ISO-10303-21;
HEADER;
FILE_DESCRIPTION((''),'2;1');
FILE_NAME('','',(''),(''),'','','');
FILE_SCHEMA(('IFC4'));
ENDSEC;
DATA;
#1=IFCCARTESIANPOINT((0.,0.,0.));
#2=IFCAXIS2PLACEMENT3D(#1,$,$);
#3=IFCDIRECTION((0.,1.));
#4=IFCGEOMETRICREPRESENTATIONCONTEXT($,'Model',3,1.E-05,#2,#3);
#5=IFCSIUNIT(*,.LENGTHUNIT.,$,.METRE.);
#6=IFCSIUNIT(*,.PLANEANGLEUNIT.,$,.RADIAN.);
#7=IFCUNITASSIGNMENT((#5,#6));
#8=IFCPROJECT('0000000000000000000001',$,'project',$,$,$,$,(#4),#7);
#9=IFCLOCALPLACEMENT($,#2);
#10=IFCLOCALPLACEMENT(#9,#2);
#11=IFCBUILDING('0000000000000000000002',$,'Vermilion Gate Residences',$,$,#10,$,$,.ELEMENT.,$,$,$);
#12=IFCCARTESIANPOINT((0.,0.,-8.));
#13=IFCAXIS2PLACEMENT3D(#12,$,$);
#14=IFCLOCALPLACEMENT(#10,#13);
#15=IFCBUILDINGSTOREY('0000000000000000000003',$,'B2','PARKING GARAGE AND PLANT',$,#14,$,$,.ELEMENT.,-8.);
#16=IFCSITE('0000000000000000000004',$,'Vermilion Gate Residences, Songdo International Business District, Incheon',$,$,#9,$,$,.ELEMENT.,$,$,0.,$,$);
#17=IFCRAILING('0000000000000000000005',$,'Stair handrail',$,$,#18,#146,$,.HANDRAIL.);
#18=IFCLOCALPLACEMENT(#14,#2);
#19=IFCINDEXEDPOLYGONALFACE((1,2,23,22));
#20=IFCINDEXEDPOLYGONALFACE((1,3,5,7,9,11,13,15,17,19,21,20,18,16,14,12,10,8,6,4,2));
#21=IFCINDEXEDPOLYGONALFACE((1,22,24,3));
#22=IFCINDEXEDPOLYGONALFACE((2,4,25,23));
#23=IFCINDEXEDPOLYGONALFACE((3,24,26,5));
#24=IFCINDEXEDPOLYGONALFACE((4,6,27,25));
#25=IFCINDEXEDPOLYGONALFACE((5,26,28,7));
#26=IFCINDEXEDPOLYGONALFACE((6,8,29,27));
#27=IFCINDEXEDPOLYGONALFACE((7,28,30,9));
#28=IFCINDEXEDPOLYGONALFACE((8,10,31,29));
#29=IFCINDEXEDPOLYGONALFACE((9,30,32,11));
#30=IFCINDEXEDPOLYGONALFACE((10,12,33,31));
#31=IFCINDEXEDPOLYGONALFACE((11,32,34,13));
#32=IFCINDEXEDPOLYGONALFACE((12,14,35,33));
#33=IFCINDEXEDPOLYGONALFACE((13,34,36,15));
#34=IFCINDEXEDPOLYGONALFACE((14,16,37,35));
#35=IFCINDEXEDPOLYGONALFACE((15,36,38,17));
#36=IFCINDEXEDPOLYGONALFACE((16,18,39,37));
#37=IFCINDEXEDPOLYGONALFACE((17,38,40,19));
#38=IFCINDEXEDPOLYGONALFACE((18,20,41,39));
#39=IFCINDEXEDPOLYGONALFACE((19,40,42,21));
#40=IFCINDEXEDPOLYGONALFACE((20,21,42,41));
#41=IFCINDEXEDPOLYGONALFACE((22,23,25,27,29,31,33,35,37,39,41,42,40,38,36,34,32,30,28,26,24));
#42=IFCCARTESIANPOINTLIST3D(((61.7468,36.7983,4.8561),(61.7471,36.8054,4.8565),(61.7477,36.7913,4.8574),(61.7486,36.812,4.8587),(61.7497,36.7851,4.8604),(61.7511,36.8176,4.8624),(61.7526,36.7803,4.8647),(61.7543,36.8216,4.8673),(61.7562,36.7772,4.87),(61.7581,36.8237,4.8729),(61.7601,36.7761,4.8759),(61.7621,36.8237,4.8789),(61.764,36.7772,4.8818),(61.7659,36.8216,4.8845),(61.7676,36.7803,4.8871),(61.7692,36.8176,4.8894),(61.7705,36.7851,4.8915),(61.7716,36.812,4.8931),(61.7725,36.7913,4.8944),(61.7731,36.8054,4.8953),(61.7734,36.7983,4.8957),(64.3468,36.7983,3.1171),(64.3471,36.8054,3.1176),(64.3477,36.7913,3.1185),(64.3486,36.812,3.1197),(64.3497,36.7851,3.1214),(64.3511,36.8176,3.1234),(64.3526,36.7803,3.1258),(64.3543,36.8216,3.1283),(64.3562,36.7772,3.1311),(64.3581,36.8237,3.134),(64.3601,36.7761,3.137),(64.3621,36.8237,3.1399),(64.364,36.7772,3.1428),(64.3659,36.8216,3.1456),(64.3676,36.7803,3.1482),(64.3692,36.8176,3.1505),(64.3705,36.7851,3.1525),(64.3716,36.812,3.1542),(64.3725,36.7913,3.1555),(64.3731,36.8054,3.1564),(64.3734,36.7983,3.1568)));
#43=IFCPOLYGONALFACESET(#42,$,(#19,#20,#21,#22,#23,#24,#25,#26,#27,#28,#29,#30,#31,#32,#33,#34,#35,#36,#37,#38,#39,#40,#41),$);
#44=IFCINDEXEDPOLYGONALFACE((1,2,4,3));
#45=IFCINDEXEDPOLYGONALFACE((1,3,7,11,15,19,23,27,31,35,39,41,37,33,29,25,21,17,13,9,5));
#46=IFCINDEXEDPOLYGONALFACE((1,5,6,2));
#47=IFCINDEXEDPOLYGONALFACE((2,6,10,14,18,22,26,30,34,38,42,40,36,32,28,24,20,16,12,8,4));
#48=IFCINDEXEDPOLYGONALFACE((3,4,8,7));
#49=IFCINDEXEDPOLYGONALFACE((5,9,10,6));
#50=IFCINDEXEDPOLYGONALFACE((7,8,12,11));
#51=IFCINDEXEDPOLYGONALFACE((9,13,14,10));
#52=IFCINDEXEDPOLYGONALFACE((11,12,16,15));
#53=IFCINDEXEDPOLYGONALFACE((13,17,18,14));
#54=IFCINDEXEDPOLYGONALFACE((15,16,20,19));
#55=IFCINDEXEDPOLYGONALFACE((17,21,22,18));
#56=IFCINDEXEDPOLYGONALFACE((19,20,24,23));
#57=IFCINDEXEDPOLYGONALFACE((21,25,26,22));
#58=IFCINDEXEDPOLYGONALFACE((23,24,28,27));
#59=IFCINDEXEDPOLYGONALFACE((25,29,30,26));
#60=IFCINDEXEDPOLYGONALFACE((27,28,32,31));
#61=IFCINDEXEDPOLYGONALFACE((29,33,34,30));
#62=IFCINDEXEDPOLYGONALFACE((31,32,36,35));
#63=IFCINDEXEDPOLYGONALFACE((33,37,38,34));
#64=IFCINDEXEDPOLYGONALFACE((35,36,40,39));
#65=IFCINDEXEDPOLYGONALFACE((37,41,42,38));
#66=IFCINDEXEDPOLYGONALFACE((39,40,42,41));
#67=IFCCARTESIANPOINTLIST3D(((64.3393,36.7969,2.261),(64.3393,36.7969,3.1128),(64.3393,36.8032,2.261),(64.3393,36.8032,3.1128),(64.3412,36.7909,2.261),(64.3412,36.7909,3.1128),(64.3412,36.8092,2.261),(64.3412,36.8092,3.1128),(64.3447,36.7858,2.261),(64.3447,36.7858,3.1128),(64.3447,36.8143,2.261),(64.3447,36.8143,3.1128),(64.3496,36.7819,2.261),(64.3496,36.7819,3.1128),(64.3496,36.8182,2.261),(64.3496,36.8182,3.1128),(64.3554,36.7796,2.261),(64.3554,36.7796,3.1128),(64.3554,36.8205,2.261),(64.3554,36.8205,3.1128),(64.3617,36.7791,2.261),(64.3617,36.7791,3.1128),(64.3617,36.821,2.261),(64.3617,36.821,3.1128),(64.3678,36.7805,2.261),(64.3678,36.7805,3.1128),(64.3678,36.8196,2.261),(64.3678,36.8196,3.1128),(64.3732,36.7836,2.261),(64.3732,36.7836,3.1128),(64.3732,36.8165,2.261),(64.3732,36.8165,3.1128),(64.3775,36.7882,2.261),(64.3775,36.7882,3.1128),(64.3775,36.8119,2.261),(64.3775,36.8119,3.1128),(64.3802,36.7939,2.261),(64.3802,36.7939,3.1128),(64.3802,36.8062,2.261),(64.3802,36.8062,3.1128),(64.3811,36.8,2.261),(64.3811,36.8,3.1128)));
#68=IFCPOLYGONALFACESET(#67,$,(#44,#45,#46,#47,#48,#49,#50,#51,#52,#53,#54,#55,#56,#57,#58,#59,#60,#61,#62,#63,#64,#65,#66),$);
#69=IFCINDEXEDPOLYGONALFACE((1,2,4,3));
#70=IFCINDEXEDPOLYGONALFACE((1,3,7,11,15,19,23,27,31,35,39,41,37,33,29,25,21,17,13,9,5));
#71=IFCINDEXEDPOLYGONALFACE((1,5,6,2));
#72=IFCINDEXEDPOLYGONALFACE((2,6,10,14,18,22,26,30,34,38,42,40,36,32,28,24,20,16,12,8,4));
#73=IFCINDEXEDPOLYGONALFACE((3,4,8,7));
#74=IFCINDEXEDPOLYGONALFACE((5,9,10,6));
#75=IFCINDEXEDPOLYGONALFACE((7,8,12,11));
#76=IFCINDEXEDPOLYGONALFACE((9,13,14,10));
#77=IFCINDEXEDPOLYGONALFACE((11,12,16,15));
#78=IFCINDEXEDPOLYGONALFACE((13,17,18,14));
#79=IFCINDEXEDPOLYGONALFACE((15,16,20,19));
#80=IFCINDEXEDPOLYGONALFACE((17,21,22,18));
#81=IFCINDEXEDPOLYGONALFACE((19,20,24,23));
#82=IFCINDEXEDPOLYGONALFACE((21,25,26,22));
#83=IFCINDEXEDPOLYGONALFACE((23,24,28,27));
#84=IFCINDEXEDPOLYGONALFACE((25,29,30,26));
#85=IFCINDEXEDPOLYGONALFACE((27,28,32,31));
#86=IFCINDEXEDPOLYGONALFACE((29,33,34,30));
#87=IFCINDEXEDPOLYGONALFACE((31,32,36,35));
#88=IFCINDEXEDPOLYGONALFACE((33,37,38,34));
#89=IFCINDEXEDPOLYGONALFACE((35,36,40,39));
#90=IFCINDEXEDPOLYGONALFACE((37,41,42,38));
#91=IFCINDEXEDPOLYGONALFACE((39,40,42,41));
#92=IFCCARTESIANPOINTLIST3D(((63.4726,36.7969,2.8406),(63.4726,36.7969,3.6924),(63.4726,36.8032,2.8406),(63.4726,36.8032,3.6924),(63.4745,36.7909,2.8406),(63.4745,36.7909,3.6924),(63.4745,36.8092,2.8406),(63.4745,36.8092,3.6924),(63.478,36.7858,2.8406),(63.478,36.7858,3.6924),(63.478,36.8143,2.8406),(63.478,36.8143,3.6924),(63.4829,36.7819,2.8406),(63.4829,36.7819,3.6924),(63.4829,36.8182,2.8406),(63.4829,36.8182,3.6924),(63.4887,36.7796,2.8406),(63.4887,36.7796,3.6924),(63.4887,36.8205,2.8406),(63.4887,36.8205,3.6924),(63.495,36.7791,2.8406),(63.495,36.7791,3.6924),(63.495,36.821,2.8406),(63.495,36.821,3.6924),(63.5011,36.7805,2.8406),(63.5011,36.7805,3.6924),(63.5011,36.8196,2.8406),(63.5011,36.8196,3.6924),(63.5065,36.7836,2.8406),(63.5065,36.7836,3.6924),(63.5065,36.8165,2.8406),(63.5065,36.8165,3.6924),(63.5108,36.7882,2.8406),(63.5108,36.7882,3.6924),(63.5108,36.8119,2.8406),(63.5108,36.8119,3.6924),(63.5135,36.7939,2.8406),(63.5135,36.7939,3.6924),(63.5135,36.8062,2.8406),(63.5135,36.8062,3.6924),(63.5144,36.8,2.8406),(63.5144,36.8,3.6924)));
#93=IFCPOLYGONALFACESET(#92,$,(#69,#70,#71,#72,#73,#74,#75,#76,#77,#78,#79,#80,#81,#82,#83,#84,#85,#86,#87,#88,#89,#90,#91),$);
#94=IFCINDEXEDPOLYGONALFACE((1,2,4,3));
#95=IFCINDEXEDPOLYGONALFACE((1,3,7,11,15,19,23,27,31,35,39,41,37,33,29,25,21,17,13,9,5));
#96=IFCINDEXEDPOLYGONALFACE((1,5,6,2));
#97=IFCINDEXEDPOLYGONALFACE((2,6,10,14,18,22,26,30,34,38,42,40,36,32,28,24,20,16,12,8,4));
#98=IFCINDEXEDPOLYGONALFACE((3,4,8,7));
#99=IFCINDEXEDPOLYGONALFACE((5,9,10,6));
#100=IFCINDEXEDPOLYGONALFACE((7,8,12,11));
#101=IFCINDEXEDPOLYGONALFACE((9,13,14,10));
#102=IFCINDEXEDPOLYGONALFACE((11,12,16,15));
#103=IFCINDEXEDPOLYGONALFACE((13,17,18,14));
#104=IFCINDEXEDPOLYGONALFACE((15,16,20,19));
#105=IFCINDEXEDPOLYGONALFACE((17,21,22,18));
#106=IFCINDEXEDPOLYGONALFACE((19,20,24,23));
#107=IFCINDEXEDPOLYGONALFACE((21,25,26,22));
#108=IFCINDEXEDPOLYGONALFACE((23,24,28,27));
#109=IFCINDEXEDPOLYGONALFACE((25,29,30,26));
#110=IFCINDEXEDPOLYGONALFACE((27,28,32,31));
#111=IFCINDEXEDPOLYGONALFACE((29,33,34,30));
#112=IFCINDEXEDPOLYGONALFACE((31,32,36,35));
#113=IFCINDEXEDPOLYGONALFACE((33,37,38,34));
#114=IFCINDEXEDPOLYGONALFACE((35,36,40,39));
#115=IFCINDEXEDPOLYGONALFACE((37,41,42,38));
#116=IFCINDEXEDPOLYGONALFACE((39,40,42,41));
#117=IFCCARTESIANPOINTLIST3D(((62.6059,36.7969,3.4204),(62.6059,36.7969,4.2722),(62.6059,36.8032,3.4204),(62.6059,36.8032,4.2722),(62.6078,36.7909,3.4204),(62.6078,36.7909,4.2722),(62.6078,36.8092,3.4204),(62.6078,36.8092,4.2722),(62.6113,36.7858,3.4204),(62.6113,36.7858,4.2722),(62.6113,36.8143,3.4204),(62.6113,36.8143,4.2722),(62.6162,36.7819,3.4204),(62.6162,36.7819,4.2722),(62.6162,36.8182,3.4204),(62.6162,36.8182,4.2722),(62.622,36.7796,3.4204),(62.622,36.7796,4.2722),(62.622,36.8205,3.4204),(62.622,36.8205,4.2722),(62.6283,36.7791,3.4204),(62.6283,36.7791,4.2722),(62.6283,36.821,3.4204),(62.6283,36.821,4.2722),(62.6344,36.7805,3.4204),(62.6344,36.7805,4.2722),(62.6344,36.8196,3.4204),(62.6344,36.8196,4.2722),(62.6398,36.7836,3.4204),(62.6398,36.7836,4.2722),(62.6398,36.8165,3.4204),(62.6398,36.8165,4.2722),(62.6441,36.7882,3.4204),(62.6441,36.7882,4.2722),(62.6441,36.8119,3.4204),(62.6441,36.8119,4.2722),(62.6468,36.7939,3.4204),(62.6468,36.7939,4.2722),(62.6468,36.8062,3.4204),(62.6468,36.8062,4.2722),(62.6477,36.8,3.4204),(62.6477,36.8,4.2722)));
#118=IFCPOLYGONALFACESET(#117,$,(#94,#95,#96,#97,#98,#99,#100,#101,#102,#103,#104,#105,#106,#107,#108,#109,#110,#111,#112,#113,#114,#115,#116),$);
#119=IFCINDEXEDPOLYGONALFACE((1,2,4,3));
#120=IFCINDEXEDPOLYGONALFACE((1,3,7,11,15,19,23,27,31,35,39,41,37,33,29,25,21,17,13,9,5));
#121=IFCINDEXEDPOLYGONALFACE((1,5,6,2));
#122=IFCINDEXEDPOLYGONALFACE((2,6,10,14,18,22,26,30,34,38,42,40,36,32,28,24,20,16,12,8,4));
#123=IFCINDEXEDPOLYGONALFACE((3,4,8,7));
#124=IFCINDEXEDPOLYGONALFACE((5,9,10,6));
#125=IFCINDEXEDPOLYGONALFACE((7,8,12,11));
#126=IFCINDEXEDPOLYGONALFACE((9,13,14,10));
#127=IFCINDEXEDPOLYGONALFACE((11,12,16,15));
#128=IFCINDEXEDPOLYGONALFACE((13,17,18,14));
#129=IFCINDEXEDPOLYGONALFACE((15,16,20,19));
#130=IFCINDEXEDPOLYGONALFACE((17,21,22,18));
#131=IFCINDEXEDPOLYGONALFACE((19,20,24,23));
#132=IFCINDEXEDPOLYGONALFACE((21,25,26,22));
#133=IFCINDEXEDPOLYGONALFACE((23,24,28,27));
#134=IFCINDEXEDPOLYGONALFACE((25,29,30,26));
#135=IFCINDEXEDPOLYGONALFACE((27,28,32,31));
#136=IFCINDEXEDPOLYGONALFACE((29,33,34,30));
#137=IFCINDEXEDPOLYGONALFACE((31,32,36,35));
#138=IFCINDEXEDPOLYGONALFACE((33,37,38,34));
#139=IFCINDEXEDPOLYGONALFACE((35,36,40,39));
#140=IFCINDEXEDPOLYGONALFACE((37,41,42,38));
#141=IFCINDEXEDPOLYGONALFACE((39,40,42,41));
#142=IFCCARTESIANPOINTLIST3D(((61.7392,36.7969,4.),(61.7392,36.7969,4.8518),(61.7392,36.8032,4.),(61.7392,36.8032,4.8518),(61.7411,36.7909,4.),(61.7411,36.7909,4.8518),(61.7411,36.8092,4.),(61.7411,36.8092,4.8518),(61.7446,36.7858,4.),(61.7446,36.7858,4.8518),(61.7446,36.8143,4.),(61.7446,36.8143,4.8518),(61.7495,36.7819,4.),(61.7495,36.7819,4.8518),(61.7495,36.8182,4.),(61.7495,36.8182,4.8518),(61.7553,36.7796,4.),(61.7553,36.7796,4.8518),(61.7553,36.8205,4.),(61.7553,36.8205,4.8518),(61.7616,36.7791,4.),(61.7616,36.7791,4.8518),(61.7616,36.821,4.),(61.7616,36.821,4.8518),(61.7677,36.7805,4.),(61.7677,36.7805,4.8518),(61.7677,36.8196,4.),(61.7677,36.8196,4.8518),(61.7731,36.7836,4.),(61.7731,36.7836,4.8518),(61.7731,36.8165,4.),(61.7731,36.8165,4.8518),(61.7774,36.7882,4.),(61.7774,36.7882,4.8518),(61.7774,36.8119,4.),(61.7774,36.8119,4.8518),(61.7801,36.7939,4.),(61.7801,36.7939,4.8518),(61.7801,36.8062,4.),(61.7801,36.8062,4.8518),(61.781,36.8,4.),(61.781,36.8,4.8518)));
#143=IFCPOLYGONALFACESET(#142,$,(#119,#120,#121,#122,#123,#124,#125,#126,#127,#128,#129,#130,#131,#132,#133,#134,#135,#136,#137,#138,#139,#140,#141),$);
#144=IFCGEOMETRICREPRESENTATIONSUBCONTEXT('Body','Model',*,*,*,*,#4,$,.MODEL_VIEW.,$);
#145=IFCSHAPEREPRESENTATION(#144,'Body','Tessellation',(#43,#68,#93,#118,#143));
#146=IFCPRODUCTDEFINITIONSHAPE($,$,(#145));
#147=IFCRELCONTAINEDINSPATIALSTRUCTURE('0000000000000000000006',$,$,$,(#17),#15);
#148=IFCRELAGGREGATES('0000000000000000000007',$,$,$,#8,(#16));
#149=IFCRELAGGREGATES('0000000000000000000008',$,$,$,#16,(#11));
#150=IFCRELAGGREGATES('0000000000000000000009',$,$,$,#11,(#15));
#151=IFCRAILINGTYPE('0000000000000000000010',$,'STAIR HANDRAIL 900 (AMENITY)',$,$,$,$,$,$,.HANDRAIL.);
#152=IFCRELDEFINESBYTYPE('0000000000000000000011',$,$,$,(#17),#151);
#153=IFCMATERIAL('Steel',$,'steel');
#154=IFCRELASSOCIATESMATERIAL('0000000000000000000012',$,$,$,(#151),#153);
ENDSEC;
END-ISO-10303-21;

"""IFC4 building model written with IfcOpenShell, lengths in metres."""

from ifc_helpers import new_model, si_unit, direction, frame, origin, origin_2d, place, context, subcontext, project, spatial, circle, extrude, material, type_object, element, save


model = new_model("IFC4")

# Units and contexts
model_context = context("Model", 3, precision=1e-05, world=origin(), true_north=direction((0.0, 1.0)))
body_context = subcontext(model_context, "Body", "Model", "MODEL_VIEW")
ifc_project = project(units=[si_unit("LENGTHUNIT", "METRE"), si_unit("PLANEANGLEUNIT", "RADIAN")], contexts=[model_context])

# Site, building, storey
site_placement = place(None, origin())
site = spatial("IfcSite", under=ifc_project, at=site_placement, Name="Vermilion Gate Residences, Songdo International Business District, Incheon", CompositionType="ELEMENT", RefElevation=0.0)
building_placement = place(site_placement, origin())
building = spatial("IfcBuilding", under=site, at=building_placement, Name="Vermilion Gate Residences", CompositionType="ELEMENT")
storey_placement = place(building_placement, frame((0.0, 0.0, -8.0)))
storey = spatial("IfcBuildingStorey", under=building, at=storey_placement, Name="B2", Description="PARKING GARAGE AND PLANT", CompositionType="ELEMENT", Elevation=-8.0)

# Railing
ifc_material_1 = material(Name="Steel", Category="steel")
railing_type = type_object("IfcRailingType", Name="STAIR HANDRAIL 900 (AMENITY)", PredefinedType="HANDRAIL", material=ifc_material_1)
railing_1_placement = place(storey_placement, frame((64.3601, 36.8, 2.261)))
element("IfcRailing", 1, at=railing_1_placement, inside=storey, type_object=railing_type, Name="Stair handrail", PredefinedType="HANDRAIL", context=body_context, shape_type="SweptSolid", body=[
    extrude(circle(Radius=0.0239, at=origin_2d()), frame((0.0, 0.0, 0.876), z_axis=(-0.831221, 0.0, 0.555942), x_axis=(0.0, -1.0, 0.0)), (0.0, 0.0, 1.0), 3.1279),
    extrude(circle(Radius=0.021, at=origin_2d()), origin(), (0.0, 0.0, 1.0), 0.8518),
    extrude(circle(Radius=0.021, at=origin_2d()), frame((-0.8667, 0.0, 0.5796)), (0.0, 0.0, 1.0), 0.8518),
    extrude(circle(Radius=0.021, at=origin_2d()), frame((-1.7334, 0.0, 1.1594)), (0.0, 0.0, 1.0), 0.8518),
    extrude(circle(Radius=0.021, at=origin_2d()), frame((-2.6001, 0.0, 1.739)), (0.0, 0.0, 1.0), 0.8518),
])

save(model, "model.ifc")
